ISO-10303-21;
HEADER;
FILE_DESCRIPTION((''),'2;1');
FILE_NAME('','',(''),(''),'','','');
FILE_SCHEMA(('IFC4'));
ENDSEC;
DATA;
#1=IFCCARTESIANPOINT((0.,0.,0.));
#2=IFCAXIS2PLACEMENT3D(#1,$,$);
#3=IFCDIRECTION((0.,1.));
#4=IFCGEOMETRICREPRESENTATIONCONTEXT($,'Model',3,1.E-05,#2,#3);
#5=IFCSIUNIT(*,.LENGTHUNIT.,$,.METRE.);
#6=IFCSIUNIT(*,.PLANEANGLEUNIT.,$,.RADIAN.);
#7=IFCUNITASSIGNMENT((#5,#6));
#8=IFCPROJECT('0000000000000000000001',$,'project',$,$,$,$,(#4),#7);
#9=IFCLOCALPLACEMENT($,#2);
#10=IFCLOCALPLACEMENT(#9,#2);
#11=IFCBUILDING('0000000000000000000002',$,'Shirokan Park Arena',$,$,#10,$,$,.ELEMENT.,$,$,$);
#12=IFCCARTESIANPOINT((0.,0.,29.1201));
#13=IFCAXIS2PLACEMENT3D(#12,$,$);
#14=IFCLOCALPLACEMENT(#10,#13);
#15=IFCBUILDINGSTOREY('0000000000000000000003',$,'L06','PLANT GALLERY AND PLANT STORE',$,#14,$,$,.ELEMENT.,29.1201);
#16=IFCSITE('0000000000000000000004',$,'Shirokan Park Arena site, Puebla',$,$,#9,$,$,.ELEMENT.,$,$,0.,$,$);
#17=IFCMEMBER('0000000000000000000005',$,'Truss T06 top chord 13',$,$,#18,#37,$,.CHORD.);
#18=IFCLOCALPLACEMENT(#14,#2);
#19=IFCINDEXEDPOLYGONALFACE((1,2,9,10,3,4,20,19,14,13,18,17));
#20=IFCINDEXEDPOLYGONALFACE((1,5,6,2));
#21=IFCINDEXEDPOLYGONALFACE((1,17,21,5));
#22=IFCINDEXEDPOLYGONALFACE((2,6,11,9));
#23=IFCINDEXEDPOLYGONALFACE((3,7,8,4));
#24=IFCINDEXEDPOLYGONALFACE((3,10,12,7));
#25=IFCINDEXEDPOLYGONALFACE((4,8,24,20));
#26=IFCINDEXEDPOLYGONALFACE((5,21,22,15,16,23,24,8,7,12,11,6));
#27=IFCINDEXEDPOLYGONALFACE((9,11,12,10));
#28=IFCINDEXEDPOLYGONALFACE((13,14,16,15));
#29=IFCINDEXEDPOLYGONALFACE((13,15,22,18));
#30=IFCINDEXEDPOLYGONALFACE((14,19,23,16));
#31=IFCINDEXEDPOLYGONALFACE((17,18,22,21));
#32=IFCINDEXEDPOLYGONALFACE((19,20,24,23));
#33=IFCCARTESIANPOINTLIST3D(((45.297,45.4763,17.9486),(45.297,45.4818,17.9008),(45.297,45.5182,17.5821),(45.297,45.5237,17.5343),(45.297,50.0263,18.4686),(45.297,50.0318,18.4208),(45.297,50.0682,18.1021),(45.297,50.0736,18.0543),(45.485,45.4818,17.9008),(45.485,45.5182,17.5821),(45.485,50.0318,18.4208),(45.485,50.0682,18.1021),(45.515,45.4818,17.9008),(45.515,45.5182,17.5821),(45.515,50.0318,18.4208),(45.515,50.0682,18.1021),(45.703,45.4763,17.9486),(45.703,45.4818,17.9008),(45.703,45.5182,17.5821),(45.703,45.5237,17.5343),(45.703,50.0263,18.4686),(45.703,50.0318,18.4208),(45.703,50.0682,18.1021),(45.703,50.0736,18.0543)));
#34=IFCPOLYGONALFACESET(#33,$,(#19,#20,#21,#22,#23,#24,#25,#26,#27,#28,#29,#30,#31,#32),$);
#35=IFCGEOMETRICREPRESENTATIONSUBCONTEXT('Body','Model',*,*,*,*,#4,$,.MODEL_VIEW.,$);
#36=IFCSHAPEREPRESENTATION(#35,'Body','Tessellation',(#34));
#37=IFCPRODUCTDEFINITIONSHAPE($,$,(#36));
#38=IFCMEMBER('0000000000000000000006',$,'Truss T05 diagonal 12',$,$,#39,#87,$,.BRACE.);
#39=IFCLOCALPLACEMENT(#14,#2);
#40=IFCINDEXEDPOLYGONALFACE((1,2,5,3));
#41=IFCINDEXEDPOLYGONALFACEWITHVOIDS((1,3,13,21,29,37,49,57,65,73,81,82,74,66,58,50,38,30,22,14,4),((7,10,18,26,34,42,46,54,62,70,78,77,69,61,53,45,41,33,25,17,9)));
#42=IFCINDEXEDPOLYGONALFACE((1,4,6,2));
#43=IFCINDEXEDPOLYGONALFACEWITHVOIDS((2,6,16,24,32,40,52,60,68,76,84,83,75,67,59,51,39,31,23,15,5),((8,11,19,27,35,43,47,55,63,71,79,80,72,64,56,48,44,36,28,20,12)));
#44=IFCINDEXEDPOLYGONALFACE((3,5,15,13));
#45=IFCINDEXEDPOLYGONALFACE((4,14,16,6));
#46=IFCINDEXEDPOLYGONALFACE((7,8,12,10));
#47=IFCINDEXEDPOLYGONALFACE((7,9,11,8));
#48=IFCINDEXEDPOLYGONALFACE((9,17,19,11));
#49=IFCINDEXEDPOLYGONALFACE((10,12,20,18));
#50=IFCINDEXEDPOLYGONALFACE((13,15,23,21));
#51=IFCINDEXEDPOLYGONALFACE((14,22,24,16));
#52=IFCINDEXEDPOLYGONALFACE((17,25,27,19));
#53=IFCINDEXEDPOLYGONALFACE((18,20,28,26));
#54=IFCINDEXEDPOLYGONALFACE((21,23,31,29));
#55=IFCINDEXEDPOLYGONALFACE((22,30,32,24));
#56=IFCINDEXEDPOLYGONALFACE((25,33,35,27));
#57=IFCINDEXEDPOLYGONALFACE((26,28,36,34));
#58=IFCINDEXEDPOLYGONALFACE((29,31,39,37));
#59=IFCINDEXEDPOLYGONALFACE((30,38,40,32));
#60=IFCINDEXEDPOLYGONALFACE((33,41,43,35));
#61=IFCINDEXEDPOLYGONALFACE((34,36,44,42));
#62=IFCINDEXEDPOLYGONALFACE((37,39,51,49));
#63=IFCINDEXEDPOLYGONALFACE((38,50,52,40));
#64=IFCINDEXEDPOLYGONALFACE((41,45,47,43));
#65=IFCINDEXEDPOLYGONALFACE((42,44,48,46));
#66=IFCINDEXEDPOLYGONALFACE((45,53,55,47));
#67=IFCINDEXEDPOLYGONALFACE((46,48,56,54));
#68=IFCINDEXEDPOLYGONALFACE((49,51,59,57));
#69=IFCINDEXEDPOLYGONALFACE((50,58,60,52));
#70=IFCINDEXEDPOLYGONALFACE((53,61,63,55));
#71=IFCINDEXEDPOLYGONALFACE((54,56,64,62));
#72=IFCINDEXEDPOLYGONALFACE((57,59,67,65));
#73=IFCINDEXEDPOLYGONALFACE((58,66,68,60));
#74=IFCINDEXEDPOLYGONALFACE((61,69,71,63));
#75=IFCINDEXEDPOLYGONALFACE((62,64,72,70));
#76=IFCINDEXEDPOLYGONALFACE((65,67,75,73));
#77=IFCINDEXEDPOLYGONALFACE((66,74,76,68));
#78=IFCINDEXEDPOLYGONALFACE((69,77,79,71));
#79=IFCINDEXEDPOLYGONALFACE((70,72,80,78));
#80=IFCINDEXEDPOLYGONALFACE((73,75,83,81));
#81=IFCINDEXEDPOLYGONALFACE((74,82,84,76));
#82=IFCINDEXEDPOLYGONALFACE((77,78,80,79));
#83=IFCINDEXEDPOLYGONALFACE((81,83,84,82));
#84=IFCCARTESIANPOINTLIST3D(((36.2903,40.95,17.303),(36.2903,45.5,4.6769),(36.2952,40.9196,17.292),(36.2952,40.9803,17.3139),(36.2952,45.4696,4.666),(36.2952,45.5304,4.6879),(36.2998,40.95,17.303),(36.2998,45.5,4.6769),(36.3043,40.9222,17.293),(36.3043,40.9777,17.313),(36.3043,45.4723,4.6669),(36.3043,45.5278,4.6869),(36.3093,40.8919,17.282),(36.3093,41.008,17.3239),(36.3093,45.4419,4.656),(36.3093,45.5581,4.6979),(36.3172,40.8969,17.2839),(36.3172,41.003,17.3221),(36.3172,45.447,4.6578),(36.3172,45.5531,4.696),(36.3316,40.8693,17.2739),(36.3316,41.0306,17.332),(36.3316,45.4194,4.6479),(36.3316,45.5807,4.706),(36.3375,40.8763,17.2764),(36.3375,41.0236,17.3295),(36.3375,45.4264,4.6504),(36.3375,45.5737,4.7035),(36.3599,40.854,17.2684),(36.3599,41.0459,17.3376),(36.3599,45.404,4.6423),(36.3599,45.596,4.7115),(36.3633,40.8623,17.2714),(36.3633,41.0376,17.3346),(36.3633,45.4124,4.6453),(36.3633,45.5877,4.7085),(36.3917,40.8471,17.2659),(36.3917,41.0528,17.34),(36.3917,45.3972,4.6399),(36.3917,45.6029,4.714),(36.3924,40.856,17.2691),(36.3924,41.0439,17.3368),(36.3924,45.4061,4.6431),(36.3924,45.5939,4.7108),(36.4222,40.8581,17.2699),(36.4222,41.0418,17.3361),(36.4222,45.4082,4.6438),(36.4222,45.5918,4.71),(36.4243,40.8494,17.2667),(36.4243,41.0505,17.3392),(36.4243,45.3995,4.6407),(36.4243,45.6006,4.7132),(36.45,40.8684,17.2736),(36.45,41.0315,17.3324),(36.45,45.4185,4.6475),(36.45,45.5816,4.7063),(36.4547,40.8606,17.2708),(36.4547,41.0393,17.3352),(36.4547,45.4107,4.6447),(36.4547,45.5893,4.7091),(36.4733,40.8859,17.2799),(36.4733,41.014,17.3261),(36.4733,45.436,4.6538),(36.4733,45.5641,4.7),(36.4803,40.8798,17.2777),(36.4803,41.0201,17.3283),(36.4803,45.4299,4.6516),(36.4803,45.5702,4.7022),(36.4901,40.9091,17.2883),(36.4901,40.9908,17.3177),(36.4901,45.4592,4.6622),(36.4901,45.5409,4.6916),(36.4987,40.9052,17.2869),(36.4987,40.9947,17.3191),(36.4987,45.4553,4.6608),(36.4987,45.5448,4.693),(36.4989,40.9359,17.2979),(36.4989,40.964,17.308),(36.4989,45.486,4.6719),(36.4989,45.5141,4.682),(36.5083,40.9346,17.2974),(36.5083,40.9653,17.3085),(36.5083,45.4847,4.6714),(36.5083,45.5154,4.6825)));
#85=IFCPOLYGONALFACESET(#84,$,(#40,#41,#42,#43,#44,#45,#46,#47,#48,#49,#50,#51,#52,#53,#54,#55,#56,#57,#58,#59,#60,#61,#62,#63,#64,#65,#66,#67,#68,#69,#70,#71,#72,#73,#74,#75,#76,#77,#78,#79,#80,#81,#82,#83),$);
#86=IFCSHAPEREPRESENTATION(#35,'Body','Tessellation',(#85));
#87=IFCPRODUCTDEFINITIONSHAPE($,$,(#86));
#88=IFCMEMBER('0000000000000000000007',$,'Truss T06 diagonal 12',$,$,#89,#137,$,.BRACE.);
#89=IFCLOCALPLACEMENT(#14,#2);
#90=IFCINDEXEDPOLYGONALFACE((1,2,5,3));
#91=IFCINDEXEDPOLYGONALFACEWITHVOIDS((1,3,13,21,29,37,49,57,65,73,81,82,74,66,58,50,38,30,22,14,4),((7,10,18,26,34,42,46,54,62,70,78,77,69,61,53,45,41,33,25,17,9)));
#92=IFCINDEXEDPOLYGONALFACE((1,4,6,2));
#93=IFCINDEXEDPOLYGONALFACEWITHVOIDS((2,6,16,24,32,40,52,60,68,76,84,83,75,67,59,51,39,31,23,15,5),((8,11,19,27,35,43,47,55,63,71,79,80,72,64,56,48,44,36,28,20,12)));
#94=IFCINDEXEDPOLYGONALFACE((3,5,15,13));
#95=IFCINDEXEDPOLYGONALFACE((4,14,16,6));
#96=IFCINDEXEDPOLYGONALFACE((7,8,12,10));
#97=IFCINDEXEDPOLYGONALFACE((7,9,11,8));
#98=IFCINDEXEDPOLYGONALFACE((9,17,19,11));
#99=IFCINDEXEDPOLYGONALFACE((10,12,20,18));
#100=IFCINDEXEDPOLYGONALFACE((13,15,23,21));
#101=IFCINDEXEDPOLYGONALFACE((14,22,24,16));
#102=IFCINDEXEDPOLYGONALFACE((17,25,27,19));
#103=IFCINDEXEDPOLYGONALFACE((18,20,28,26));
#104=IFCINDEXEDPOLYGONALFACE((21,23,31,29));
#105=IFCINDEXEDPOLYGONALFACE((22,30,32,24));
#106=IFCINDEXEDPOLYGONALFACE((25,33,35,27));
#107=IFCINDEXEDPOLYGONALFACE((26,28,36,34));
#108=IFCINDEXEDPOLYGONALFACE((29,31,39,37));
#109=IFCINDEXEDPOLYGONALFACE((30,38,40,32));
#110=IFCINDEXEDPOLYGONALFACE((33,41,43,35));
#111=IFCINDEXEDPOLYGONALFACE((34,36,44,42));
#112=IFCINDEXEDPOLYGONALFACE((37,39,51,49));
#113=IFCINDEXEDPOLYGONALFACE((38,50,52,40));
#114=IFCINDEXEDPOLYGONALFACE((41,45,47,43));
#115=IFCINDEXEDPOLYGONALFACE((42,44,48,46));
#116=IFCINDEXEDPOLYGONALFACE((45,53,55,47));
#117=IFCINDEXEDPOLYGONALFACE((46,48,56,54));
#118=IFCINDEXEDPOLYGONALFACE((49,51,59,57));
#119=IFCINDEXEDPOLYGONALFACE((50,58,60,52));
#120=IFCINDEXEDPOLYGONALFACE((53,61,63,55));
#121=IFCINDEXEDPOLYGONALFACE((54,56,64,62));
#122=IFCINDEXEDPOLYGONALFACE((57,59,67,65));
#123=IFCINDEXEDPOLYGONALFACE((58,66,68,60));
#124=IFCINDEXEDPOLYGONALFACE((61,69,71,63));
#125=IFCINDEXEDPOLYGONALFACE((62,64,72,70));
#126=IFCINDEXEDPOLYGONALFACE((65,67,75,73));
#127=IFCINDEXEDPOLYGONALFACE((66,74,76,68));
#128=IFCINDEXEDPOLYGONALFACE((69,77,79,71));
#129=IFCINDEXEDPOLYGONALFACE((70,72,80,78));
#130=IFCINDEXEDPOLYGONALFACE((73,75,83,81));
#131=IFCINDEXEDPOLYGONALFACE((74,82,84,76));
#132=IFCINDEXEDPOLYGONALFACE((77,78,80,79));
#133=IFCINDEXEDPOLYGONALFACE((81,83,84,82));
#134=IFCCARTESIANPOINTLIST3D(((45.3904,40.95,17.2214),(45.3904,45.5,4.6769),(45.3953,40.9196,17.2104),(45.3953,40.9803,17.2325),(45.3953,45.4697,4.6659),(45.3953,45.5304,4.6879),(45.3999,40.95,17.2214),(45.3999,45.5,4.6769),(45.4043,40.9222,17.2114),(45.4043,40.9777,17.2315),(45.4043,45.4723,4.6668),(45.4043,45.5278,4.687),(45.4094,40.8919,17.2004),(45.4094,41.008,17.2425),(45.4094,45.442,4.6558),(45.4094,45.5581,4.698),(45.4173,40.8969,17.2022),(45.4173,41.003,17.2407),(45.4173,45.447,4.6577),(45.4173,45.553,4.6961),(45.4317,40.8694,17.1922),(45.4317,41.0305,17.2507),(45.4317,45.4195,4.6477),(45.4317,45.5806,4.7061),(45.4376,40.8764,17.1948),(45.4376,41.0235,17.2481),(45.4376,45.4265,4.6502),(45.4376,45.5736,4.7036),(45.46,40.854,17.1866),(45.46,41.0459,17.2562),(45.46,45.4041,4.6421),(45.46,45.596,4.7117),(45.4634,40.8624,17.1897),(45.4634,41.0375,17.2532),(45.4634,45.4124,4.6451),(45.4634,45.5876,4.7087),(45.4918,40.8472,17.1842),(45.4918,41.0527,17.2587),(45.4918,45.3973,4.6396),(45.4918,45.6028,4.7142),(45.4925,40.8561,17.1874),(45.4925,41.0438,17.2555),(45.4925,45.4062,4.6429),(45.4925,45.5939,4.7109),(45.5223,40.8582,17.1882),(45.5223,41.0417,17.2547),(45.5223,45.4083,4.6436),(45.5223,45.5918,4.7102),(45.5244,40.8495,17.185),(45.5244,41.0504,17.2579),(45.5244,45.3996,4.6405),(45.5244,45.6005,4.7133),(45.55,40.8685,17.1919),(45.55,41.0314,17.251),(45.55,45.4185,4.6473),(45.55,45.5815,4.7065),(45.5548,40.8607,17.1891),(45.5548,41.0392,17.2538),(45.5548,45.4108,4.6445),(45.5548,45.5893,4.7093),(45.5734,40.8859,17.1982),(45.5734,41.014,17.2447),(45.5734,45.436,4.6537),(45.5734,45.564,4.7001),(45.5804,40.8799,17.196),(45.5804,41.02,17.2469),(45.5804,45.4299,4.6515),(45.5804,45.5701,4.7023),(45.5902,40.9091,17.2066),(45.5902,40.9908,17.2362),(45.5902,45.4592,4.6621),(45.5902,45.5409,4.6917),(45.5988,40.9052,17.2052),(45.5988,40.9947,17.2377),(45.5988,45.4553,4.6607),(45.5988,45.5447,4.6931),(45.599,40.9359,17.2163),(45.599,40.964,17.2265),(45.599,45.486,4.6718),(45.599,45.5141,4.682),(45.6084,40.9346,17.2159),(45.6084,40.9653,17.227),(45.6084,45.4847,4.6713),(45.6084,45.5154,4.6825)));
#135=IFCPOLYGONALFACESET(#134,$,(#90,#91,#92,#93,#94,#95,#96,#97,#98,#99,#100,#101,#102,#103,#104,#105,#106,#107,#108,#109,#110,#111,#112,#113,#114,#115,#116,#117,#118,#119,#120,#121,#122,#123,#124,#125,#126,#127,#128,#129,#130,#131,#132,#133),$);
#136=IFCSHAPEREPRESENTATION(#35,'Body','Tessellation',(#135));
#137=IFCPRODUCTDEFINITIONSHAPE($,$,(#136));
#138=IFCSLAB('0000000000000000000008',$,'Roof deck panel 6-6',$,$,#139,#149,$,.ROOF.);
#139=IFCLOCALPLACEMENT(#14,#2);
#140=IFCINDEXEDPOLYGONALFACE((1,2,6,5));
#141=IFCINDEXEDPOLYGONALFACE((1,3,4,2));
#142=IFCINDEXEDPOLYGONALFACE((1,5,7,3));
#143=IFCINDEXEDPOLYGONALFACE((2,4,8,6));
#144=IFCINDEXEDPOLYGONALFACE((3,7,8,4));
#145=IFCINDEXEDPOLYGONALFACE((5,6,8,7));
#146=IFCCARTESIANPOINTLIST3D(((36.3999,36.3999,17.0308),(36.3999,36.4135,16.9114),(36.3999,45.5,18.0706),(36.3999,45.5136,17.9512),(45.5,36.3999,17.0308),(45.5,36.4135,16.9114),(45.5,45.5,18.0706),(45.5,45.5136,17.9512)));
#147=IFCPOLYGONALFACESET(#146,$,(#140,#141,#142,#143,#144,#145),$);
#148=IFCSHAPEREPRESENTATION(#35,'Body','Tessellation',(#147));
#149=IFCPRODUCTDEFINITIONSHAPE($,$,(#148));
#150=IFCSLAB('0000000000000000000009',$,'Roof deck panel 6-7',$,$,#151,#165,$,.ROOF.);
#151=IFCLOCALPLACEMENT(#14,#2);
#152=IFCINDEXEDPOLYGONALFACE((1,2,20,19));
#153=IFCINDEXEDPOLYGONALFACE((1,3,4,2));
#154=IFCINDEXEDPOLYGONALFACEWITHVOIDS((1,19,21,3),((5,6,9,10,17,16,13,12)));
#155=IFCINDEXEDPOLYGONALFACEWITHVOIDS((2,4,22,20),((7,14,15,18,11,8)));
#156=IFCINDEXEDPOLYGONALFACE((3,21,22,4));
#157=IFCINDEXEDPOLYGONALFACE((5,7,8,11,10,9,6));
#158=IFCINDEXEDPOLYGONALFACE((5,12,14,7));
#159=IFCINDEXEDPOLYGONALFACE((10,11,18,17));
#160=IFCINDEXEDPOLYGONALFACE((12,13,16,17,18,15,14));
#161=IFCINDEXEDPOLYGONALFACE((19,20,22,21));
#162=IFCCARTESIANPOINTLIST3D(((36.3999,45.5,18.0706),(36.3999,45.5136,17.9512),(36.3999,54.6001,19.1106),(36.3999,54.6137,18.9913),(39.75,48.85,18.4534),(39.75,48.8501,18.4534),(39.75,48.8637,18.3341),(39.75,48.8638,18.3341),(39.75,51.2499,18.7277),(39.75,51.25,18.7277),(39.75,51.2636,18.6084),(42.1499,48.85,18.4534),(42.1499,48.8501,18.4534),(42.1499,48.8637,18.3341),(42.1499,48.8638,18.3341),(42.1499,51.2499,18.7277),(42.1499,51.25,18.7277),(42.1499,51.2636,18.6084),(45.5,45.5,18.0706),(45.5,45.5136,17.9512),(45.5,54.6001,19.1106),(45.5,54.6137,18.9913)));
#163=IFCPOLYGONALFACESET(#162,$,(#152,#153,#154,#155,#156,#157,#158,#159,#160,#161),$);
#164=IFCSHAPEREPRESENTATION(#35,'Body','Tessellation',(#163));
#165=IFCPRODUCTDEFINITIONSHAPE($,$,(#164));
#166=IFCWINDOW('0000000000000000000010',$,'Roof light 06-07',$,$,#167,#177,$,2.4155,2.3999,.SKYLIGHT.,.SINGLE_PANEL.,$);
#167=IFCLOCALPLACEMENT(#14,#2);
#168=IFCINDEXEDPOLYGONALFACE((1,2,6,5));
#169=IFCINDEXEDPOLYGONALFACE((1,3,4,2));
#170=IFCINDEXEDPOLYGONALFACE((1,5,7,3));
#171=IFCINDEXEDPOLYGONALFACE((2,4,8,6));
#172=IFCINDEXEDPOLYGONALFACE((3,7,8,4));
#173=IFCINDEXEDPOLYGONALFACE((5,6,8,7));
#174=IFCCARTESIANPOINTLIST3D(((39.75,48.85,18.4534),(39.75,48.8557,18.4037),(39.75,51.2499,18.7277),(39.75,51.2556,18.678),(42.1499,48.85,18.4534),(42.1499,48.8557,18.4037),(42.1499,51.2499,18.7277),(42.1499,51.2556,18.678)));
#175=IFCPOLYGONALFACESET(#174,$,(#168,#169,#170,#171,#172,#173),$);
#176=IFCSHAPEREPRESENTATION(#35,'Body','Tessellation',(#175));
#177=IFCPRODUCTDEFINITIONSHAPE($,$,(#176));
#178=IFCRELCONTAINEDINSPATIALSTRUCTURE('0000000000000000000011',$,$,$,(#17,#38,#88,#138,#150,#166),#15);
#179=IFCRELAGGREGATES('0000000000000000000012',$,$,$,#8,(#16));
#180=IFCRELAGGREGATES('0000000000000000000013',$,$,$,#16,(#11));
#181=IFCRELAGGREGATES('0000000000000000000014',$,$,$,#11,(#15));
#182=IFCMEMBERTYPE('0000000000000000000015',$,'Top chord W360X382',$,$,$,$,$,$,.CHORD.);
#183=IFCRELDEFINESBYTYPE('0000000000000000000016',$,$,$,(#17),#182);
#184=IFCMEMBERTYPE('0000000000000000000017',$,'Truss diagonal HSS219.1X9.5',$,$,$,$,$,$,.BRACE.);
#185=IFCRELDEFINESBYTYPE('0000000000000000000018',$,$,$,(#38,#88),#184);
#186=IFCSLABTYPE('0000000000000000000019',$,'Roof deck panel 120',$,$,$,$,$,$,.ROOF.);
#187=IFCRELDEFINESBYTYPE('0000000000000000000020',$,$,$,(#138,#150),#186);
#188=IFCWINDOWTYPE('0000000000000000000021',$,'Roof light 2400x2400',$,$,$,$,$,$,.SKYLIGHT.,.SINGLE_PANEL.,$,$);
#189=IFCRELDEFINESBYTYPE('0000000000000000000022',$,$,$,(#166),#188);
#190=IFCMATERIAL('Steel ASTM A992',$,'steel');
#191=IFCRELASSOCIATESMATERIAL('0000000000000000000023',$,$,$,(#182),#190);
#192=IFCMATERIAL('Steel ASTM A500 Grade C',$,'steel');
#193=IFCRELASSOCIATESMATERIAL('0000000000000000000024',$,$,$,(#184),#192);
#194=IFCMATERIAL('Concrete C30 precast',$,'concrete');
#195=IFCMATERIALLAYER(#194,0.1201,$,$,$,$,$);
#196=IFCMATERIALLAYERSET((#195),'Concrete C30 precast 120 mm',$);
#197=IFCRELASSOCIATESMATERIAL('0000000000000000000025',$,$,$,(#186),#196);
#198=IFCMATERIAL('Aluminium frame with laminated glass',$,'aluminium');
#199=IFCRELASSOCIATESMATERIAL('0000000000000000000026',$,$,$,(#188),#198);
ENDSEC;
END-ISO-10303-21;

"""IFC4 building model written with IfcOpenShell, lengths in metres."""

from ifc_helpers import new_model, si_unit, direction, frame, origin, origin_2d, place, context, subcontext, project, spatial, polyline, rectangle, hollow_circle, i_section, outline, extrude, material, layer, layer_set, material_profile, profile_set, type_object, element, fill, save


model = new_model("IFC4")

# Units and contexts
model_context = context("Model", 3, precision=1e-05, world=origin(), true_north=direction((0.0, 1.0)))
body_context = subcontext(model_context, "Body", "Model", "MODEL_VIEW")
ifc_project = project(units=[si_unit("LENGTHUNIT", "METRE"), si_unit("PLANEANGLEUNIT", "RADIAN")], contexts=[model_context])

# Site, building, storey
site_placement = place(None, origin())
site = spatial("IfcSite", under=ifc_project, at=site_placement, Name="Shirokan Park Arena site, Puebla", CompositionType="ELEMENT", RefElevation=0.0)
building_placement = place(site_placement, origin())
building = spatial("IfcBuilding", under=site, at=building_placement, Name="Shirokan Park Arena", CompositionType="ELEMENT")
storey_placement = place(building_placement, frame((0.0, 0.0, 29.1201)))
storey = spatial("IfcBuildingStorey", under=building, at=storey_placement, Name="L06", Description="PLANT GALLERY AND PLANT STORE", CompositionType="ELEMENT", Elevation=29.1201)

# Members
ifc_material_1 = material(Name="Steel ASTM A500 Grade C", Category="steel")
ifc_material_2 = material(Name="Steel ASTM A992", Category="steel")
ifc_material_profile_1 = material_profile(ifc_material_2, i_section(OverallWidth=0.406, OverallDepth=0.417, WebThickness=0.03, FlangeThickness=0.0481, at=origin_2d()), Name="W360X382")
ifc_profile_set_1 = profile_set([ifc_material_profile_1], Name="Steel ASTM A992")
member_type_1 = type_object("IfcMemberType", Name="Top chord W360X382", PredefinedType="CHORD", material=ifc_profile_set_1)
member_1_placement = place(storey_placement, frame((45.5, 45.5, 17.7415), z_axis=(0.0, 0.993532, 0.11355), x_axis=(-1.0, 0.0, 0.0)))
element("IfcMember", 1, at=member_1_placement, inside=storey, type_object=member_type_1, Name="Truss T06 top chord 13", PredefinedType="CHORD", context=body_context, shape_type="SweptSolid", body=[
    extrude(i_section(OverallWidth=0.406, OverallDepth=0.417, WebThickness=0.03, FlangeThickness=0.0481, at=origin_2d()), origin(), (0.0, 0.0, 1.0), 4.5796),
])
ifc_material_profile_2 = material_profile(ifc_material_1, hollow_circle(Radius=0.1096, WallThickness=0.0095, at=origin_2d()), Name="HSS219.1X9.5")
ifc_profile_set_2 = profile_set([ifc_material_profile_2], Name="Steel ASTM A500 Grade C")
member_type_2 = type_object("IfcMemberType", Name="Truss diagonal HSS219.1X9.5", PredefinedType="BRACE", material=ifc_profile_set_2)
member_2_placement = place(storey_placement, frame((36.3999, 40.95, 17.303), z_axis=(0.0, 0.339029, -0.940776), x_axis=(-1.0, 0.0, 0.0)))
element("IfcMember", 2, at=member_2_placement, inside=storey, type_object=member_type_2, Name="Truss T05 diagonal 12", PredefinedType="BRACE", context=body_context, shape_type="SweptSolid", body=[
    extrude(hollow_circle(Radius=0.1096, WallThickness=0.0095, at=origin_2d()), origin(), (0.0, 0.0, 1.0), 13.4209),
])
member_3_placement = place(storey_placement, frame((45.5, 40.95, 17.2214), z_axis=(0.0, 0.340978, -0.940071), x_axis=(-1.0, 0.0, 0.0)))
element("IfcMember", 3, at=member_3_placement, inside=storey, type_object=member_type_2, Name="Truss T06 diagonal 12", PredefinedType="BRACE", context=body_context, shape_type="SweptSolid", body=[
    extrude(hollow_circle(Radius=0.1096, WallThickness=0.0095, at=origin_2d()), origin(), (0.0, 0.0, 1.0), 13.3442),
])

# Slab
ifc_material_3 = material(Name="Concrete C30 precast", Category="concrete")
ifc_layer_1 = layer(ifc_material_3, 0.1201)
ifc_layer_set_1 = layer_set([ifc_layer_1], Name="Concrete C30 precast 120 mm")
slab_type = type_object("IfcSlabType", Name="Roof deck panel 120", PredefinedType="ROOF", material=ifc_layer_set_1)
slab_1_placement = place(storey_placement, frame((36.3999, 36.3999, 17.0308), z_axis=(0.0, -0.113523, 0.993535), x_axis=(1.0, 0.0, 0.0)))
element("IfcSlab", 4, at=slab_1_placement, inside=storey, type_object=slab_type, Name="Roof deck panel 6-6", PredefinedType="ROOF", context=body_context, shape_type="SweptSolid", body=[
    extrude(outline(polyline([(0.0, 0.0), (9.1001, 0.0), (9.1001, 9.1593), (0.0, 9.1593), (0.0, 0.0)])), origin(), (0.0, 0.0, -1.0), 0.1201),
])

# Slab, opening, window
slab_2_placement = place(storey_placement, frame((36.3999, 45.5, 18.0706), z_axis=(0.0, -0.11355, 0.993532), x_axis=(1.0, 0.0, 0.0)))
slab_2 = element("IfcSlab", 5, at=slab_2_placement, inside=storey, type_object=slab_type, Name="Roof deck panel 6-7", PredefinedType="ROOF", context=body_context, shape_type="SweptSolid", body=[
    extrude(outline(polyline([(0.0, 0.0), (9.1001, 0.0), (9.1001, 9.1593), (0.0, 9.1593), (0.0, 0.0)]), holes=[polyline([(3.3501, 3.3719), (5.75, 3.3719), (5.75, 5.7874), (3.3501, 5.7874), (3.3501, 3.3719)])]), origin(), (0.0, 0.0, -1.0), 0.1201),
])
opening_1_placement = place(slab_2_placement, frame((4.55, 4.5796, 0.01)))
opening_1 = element("IfcOpeningElement", 6, at=opening_1_placement, cuts=slab_2, PredefinedType="OPENING", context=body_context, shape_type="SweptSolid", body=[
    extrude(rectangle(XDim=2.3999, YDim=2.4155, at=origin_2d()), origin(), (0.0, 0.0, -1.0), 0.1399),
])
ifc_material_4 = material(Name="Aluminium frame with laminated glass", Category="aluminium")
window_type = type_object("IfcWindowType", Name="Roof light 2400x2400", PartitioningType="SINGLE_PANEL", PredefinedType="SKYLIGHT", material=ifc_material_4)
window_1_placement = place(opening_1_placement, frame((0.0, 0.0, -0.0601)))
window_1 = element("IfcWindow", 7, at=window_1_placement, inside=storey, type_object=window_type, Name="Roof light 06-07", OverallHeight=2.4155, OverallWidth=2.3999, PartitioningType="SINGLE_PANEL", PredefinedType="SKYLIGHT", context=body_context, shape_type="SweptSolid", body=[
    extrude(rectangle(XDim=2.3999, YDim=2.4155, at=origin_2d()), origin(), (0.0, 0.0, 1.0), 0.05),
])
fill(opening_1, window_1)

save(model, "model.ifc")
